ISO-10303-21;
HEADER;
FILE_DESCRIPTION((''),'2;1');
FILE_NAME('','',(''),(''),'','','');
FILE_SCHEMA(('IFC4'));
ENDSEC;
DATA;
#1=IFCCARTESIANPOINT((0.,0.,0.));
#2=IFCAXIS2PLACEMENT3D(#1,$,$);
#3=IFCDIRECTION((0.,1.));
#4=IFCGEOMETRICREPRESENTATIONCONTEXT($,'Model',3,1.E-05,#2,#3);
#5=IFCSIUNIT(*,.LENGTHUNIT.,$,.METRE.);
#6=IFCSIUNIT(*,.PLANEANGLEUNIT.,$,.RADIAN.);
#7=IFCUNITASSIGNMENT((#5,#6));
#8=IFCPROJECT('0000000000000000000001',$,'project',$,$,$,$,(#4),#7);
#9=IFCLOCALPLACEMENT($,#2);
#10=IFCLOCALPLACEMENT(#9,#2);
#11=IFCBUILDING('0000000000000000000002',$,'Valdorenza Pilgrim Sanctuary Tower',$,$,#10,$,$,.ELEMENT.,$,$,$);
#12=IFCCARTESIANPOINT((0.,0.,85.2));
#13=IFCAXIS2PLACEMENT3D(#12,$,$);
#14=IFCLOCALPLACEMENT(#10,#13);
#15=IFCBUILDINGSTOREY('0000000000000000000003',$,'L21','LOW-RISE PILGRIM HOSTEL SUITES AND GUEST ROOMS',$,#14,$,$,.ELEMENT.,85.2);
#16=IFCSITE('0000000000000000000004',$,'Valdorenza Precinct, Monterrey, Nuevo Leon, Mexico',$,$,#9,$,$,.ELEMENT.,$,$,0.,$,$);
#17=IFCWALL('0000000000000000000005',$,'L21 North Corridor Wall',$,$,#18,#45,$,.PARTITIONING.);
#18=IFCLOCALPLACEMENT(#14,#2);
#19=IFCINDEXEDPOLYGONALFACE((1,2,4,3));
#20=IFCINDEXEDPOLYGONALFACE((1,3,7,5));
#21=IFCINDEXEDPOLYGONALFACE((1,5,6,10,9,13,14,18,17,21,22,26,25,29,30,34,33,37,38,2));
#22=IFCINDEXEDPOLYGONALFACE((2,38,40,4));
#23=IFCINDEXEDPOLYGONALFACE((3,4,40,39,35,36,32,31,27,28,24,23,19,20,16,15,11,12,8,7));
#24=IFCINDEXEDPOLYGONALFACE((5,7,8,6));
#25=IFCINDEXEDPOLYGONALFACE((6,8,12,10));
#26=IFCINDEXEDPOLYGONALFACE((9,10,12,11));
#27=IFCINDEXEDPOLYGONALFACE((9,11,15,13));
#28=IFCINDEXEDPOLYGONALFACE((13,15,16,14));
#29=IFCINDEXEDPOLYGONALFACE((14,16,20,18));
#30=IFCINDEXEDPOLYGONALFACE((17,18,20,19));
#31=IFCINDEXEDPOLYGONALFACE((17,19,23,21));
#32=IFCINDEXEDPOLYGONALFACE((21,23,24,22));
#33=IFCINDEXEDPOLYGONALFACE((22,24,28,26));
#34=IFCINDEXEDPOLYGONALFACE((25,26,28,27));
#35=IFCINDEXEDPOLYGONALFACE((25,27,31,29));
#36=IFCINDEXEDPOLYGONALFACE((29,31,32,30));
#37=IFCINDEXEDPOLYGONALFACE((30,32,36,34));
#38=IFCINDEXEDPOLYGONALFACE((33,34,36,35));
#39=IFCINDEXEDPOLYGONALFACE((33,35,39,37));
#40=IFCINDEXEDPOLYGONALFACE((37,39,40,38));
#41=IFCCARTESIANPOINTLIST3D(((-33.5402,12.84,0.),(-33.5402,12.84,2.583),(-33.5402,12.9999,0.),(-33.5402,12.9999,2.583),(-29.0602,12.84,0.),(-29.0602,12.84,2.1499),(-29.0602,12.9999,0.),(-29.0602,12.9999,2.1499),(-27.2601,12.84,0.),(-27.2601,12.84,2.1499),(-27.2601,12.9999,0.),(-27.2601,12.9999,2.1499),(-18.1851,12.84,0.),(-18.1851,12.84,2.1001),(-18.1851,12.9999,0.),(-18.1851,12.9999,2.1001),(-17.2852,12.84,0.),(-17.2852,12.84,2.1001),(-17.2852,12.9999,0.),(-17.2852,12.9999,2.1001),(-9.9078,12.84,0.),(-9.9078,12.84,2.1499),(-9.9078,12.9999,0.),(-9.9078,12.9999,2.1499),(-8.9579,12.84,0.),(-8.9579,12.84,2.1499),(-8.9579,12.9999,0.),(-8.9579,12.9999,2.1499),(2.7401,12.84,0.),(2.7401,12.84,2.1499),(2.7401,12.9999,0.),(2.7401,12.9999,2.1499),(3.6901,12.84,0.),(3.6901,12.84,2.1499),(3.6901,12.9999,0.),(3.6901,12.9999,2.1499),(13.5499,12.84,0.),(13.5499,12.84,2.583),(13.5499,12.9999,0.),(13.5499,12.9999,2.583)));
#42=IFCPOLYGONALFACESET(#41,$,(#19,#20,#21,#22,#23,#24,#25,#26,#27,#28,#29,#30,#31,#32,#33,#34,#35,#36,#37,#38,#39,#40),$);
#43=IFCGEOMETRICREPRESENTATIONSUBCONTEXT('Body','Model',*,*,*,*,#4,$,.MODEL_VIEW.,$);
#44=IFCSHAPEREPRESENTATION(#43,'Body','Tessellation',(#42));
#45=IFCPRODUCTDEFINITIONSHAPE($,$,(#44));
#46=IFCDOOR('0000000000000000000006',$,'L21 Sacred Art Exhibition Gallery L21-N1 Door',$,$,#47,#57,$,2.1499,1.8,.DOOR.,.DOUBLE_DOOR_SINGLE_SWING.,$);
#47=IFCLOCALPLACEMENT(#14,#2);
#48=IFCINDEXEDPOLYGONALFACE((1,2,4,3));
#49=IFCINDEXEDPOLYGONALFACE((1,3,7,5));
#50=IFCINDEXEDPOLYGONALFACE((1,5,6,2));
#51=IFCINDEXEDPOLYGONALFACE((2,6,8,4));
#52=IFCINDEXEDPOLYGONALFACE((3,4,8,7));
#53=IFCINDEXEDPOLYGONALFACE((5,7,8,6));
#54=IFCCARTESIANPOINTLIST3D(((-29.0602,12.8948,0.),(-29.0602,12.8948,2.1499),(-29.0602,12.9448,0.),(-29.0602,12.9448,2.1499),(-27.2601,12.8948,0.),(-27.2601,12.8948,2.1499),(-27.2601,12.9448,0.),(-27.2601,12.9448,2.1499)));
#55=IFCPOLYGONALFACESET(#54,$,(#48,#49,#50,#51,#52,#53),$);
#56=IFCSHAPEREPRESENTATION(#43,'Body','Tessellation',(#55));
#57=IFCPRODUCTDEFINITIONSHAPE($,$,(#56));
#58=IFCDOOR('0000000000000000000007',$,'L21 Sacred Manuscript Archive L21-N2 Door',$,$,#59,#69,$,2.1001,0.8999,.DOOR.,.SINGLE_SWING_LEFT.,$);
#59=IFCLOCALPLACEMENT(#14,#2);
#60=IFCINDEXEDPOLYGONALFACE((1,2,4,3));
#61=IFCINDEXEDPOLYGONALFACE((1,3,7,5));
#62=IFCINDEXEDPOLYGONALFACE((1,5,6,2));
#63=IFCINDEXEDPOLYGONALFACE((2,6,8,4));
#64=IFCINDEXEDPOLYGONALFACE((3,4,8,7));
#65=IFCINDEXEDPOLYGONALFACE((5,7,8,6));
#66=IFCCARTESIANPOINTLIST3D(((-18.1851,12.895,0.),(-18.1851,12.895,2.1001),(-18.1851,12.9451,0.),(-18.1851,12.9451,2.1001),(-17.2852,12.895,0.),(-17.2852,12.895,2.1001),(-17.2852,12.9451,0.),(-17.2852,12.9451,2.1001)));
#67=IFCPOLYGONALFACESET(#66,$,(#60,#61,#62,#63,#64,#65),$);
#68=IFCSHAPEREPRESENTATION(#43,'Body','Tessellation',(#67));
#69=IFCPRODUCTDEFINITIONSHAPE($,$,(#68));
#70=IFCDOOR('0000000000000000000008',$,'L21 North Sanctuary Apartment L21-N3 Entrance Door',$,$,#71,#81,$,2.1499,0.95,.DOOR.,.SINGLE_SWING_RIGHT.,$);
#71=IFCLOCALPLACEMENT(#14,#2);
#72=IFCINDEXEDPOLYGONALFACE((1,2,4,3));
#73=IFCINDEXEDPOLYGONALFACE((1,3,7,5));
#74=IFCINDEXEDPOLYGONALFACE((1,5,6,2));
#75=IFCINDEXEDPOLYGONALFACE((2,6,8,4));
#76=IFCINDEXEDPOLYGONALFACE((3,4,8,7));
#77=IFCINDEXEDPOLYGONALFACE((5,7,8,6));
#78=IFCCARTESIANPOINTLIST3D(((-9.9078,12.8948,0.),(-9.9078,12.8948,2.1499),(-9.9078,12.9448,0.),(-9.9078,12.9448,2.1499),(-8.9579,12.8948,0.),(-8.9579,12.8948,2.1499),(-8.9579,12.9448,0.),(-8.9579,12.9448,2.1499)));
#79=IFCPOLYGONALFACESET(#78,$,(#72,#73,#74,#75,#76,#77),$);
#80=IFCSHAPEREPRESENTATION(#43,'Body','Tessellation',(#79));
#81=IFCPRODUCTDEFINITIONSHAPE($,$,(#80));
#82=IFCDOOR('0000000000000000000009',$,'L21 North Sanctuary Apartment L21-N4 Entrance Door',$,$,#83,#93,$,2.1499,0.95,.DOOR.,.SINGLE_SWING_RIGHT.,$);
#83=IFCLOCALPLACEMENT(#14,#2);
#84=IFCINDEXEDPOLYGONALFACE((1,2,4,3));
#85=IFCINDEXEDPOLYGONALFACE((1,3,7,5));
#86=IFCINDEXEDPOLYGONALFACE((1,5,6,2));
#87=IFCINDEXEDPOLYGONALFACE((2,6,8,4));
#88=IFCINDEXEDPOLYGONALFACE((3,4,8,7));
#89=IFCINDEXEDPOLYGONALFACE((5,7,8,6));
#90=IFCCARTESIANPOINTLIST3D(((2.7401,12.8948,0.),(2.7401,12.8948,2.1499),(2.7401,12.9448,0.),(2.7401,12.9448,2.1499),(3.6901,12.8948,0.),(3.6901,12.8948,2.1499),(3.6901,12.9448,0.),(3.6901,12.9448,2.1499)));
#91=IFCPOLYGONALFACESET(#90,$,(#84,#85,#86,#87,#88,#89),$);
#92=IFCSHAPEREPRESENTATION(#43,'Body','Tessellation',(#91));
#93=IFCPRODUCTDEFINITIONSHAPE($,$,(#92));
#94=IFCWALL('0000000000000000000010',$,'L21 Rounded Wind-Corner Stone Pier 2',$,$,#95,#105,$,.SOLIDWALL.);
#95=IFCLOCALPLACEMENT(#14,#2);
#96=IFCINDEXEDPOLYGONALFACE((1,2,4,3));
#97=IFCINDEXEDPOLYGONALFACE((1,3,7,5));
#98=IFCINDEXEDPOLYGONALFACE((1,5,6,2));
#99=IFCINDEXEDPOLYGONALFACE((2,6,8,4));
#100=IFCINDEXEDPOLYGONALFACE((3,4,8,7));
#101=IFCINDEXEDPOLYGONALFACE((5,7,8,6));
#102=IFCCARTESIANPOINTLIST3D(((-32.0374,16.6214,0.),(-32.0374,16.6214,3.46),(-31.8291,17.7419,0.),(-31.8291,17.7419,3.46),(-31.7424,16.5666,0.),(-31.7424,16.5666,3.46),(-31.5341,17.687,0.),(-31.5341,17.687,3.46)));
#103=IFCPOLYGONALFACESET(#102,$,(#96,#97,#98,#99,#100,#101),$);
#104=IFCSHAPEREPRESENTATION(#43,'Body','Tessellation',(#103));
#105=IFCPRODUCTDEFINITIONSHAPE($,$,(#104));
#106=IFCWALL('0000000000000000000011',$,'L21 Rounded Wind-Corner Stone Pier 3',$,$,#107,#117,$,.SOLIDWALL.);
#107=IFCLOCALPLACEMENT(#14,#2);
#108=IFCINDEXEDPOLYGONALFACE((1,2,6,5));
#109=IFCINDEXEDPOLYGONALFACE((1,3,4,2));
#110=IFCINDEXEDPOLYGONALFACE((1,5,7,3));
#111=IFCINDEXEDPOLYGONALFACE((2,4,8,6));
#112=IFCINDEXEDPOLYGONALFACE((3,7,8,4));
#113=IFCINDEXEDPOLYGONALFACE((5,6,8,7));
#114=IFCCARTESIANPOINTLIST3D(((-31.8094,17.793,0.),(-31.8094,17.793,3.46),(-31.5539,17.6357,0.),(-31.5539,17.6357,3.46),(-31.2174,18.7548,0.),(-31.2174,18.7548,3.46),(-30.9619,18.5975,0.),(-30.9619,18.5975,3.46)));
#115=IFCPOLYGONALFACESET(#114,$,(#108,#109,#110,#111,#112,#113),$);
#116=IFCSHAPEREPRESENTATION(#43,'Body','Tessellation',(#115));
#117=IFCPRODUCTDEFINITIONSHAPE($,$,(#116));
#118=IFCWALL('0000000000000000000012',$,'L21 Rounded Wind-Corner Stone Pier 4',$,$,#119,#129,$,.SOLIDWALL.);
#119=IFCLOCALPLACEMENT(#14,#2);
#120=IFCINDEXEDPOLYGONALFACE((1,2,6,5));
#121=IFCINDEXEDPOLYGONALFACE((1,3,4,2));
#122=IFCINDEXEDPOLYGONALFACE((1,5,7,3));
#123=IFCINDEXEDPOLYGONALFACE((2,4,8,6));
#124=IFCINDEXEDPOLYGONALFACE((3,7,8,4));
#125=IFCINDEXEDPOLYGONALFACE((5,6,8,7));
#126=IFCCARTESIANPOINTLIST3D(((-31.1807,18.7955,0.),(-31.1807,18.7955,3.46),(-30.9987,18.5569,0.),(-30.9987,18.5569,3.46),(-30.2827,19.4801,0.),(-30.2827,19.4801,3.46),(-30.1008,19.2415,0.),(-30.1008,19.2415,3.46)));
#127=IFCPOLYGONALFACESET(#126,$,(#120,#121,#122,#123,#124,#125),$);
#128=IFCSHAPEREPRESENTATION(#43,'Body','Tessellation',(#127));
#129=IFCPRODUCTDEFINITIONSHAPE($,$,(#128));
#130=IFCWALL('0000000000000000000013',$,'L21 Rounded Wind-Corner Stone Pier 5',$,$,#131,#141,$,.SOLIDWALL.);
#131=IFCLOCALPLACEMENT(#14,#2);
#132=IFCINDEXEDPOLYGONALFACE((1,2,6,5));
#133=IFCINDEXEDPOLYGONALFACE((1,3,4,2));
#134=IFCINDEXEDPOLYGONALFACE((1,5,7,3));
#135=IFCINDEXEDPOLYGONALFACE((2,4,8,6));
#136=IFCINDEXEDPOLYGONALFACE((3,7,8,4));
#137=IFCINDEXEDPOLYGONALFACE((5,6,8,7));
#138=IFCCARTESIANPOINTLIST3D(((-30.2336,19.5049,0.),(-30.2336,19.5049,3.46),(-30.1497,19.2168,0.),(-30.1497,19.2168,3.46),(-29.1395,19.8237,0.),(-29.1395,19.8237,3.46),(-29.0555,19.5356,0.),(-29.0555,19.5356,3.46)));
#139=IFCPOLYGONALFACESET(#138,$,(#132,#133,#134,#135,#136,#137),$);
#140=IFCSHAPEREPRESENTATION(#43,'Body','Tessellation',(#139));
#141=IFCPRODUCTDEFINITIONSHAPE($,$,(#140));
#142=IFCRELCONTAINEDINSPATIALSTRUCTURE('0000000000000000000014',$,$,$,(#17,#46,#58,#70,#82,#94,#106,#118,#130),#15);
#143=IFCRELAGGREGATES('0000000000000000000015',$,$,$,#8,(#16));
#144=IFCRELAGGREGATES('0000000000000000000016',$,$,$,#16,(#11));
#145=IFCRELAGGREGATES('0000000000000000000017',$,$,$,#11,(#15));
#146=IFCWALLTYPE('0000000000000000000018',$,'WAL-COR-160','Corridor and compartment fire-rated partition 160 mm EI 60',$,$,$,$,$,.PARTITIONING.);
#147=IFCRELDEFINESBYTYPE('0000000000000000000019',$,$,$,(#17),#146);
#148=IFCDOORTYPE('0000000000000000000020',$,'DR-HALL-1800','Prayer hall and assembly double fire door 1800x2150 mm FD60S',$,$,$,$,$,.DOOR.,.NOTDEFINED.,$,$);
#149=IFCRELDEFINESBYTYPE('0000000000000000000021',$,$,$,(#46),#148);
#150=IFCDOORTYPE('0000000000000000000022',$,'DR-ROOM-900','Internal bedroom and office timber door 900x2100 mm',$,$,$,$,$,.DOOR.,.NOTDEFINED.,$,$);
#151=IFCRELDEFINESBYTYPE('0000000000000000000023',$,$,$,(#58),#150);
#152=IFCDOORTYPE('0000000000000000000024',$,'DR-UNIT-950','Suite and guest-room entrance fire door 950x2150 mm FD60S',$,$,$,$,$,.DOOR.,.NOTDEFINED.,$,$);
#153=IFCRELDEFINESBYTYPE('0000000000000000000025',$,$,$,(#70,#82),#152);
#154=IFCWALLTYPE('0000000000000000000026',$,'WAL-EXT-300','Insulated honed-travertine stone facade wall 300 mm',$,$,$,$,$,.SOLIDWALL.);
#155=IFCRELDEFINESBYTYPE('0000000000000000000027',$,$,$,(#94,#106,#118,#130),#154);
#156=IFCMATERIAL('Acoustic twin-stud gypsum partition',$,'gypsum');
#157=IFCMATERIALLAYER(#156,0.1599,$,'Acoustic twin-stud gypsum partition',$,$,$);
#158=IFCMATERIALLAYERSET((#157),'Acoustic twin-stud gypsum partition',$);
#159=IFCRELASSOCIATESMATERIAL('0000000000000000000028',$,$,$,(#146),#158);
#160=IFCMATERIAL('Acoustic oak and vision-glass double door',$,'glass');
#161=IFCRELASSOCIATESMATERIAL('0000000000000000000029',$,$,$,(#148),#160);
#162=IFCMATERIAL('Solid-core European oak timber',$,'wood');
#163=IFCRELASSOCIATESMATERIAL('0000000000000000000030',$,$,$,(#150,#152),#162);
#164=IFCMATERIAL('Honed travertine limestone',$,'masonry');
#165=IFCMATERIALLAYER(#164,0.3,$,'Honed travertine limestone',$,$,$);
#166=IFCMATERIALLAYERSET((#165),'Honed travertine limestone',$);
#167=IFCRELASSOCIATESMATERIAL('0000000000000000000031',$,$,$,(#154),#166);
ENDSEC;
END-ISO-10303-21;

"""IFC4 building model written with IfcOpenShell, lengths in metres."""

from ifc_helpers import new_model, si_unit, direction, frame, frame_2d, origin, place, context, subcontext, project, spatial, rectangle, extrude, material, layer, layer_set, type_object, element, fill, save


model = new_model("IFC4")

# Units and contexts
model_context = context("Model", 3, precision=1e-05, world=origin(), true_north=direction((0.0, 1.0)))
body_context = subcontext(model_context, "Body", "Model", "MODEL_VIEW")
ifc_project = project(units=[si_unit("LENGTHUNIT", "METRE"), si_unit("PLANEANGLEUNIT", "RADIAN")], contexts=[model_context])

# Site, building, storey
site_placement = place(None, origin())
site = spatial("IfcSite", under=ifc_project, at=site_placement, Name="Valdorenza Precinct, Monterrey, Nuevo Leon, Mexico", CompositionType="ELEMENT", RefElevation=0.0)
building_placement = place(site_placement, origin())
building = spatial("IfcBuilding", under=site, at=building_placement, Name="Valdorenza Pilgrim Sanctuary Tower", CompositionType="ELEMENT")
storey_placement = place(building_placement, frame((0.0, 0.0, 85.2)))
storey = spatial("IfcBuildingStorey", under=building, at=storey_placement, Name="L21", Description="LOW-RISE PILGRIM HOSTEL SUITES AND GUEST ROOMS", CompositionType="ELEMENT", Elevation=85.2)

# Shared definitions
ifc_material_1 = material(Name="Honed travertine limestone", Category="masonry")

# Shared definitions
ifc_material_2 = material(Name="Acoustic twin-stud gypsum partition", Category="gypsum")
ifc_layer_1 = layer(ifc_material_2, 0.1599, Name="Acoustic twin-stud gypsum partition")
ifc_layer_set_1 = layer_set([ifc_layer_1], Name="Acoustic twin-stud gypsum partition")
wall_type_1 = type_object("IfcWallType", Name="WAL-COR-160", Description="Corridor and compartment fire-rated partition 160 mm EI 60", PredefinedType="PARTITIONING", material=ifc_layer_set_1)

# Wall, openings, doors
wall_1_placement = place(storey_placement, frame((-33.54, 12.9199, 0.0), z_axis=(0.0, 0.0, 1.0), x_axis=(1.0, 0.0, 0.0)))
wall_1 = element("IfcWall", 1, at=wall_1_placement, inside=storey, type_object=wall_type_1, Name="L21 North Corridor Wall", PredefinedType="PARTITIONING", context=body_context, shape_type="SweptSolid", body=[
    extrude(rectangle(XDim=47.0901, YDim=0.1599, at=frame_2d((23.5449, 0.0))), origin(), (0.0, 0.0, 1.0), 2.583),
])
opening_1_placement = place(wall_1_placement, frame((4.48, 0.0, 0.0)))
opening_1 = element("IfcOpeningElement", 2, at=opening_1_placement, cuts=wall_1, PredefinedType="OPENING", context=body_context, shape_type="SweptSolid", body=[
    extrude(rectangle(XDim=1.8, YDim=2.1499, at=frame_2d((0.8999, 1.075))), frame((0.0, 0.0947, 0.0), z_axis=(0.0, -1.0, 0.0), x_axis=(1.0, 0.0, 0.0)), (0.0, 0.0, 1.0), 0.1897),
])
opening_2_placement = place(wall_1_placement, frame((15.355, 0.0, 0.0)))
opening_2 = element("IfcOpeningElement", 3, at=opening_2_placement, cuts=wall_1, PredefinedType="OPENING", context=body_context, shape_type="SweptSolid", body=[
    extrude(rectangle(XDim=0.8999, YDim=2.1001, at=frame_2d((0.45, 1.05))), frame((0.0, 0.0947, 0.0), z_axis=(0.0, -1.0, 0.0), x_axis=(1.0, 0.0, 0.0)), (0.0, 0.0, 1.0), 0.1897),
])
opening_3_placement = place(wall_1_placement, frame((23.6321, 0.0, 0.0)))
opening_3 = element("IfcOpeningElement", 4, at=opening_3_placement, cuts=wall_1, PredefinedType="OPENING", context=body_context, shape_type="SweptSolid", body=[
    extrude(rectangle(XDim=0.95, YDim=2.1499, at=frame_2d((0.4751, 1.075))), frame((0.0, 0.0947, 0.0), z_axis=(0.0, -1.0, 0.0), x_axis=(1.0, 0.0, 0.0)), (0.0, 0.0, 1.0), 0.1897),
])
opening_4_placement = place(wall_1_placement, frame((36.28, 0.0, 0.0)))
opening_4 = element("IfcOpeningElement", 5, at=opening_4_placement, cuts=wall_1, PredefinedType="OPENING", context=body_context, shape_type="SweptSolid", body=[
    extrude(rectangle(XDim=0.95, YDim=2.1499, at=frame_2d((0.4751, 1.075))), frame((0.0, 0.0947, 0.0), z_axis=(0.0, -1.0, 0.0), x_axis=(1.0, 0.0, 0.0)), (0.0, 0.0, 1.0), 0.1897),
])
ifc_material_3 = material(Name="Acoustic oak and vision-glass double door", Category="glass")
door_type_1 = type_object("IfcDoorType", Name="DR-HALL-1800", Description="Prayer hall and assembly double fire door 1800x2150 mm FD60S", OperationType="NOTDEFINED", PredefinedType="DOOR", material=ifc_material_3)
door_1_placement = place(opening_1_placement, origin())
door_1 = element("IfcDoor", 6, at=door_1_placement, inside=storey, type_object=door_type_1, Name="L21 Sacred Art Exhibition Gallery L21-N1 Door", OperationType="DOUBLE_DOOR_SINGLE_SWING", OverallHeight=2.1499, OverallWidth=1.8, PredefinedType="DOOR", context=body_context, shape_type="SweptSolid", body=[
    extrude(rectangle(XDim=1.8, YDim=2.1499, at=frame_2d((0.8999, 1.075))), frame((0.0, 0.0249, 0.0), z_axis=(0.0, -1.0, 0.0), x_axis=(1.0, 0.0, 0.0)), (0.0, 0.0, 1.0), 0.05),
])
fill(opening_1, door_1)
ifc_material_4 = material(Name="Solid-core European oak timber", Category="wood")
door_type_2 = type_object("IfcDoorType", Name="DR-ROOM-900", Description="Internal bedroom and office timber door 900x2100 mm", OperationType="NOTDEFINED", PredefinedType="DOOR", material=ifc_material_4)
door_2_placement = place(opening_2_placement, frame((0.8999, 0.0, 0.0), z_axis=(0.0, 0.0, 1.0), x_axis=(-1.0, 0.0, 0.0)))
door_2 = element("IfcDoor", 7, at=door_2_placement, inside=storey, type_object=door_type_2, Name="L21 Sacred Manuscript Archive L21-N2 Door", OperationType="SINGLE_SWING_LEFT", OverallHeight=2.1001, OverallWidth=0.8999, PredefinedType="DOOR", context=body_context, shape_type="SweptSolid", body=[
    extrude(rectangle(XDim=0.8999, YDim=2.1001, at=frame_2d((0.45, 1.05))), frame((0.0, 0.0249, 0.0), z_axis=(0.0, -1.0, 0.0), x_axis=(1.0, 0.0, 0.0)), (0.0, 0.0, 1.0), 0.05),
])
fill(opening_2, door_2)
door_type_3 = type_object("IfcDoorType", Name="DR-UNIT-950", Description="Suite and guest-room entrance fire door 950x2150 mm FD60S", OperationType="NOTDEFINED", PredefinedType="DOOR", material=ifc_material_4)
door_3_placement = place(opening_3_placement, origin())
door_3 = element("IfcDoor", 8, at=door_3_placement, inside=storey, type_object=door_type_3, Name="L21 North Sanctuary Apartment L21-N3 Entrance Door", OperationType="SINGLE_SWING_RIGHT", OverallHeight=2.1499, OverallWidth=0.95, PredefinedType="DOOR", context=body_context, shape_type="SweptSolid", body=[
    extrude(rectangle(XDim=0.95, YDim=2.1499, at=frame_2d((0.4751, 1.075))), frame((0.0, 0.0249, 0.0), z_axis=(0.0, -1.0, 0.0), x_axis=(1.0, 0.0, 0.0)), (0.0, 0.0, 1.0), 0.05),
])
fill(opening_3, door_3)
door_4_placement = place(opening_4_placement, origin())
door_4 = element("IfcDoor", 9, at=door_4_placement, inside=storey, type_object=door_type_3, Name="L21 North Sanctuary Apartment L21-N4 Entrance Door", OperationType="SINGLE_SWING_RIGHT", OverallHeight=2.1499, OverallWidth=0.95, PredefinedType="DOOR", context=body_context, shape_type="SweptSolid", body=[
    extrude(rectangle(XDim=0.95, YDim=2.1499, at=frame_2d((0.4751, 1.075))), frame((0.0, 0.0249, 0.0), z_axis=(0.0, -1.0, 0.0), x_axis=(1.0, 0.0, 0.0)), (0.0, 0.0, 1.0), 0.05),
])
fill(opening_4, door_4)

# Walls
ifc_layer_2 = layer(ifc_material_1, 0.3, Name="Honed travertine limestone")
ifc_layer_set_2 = layer_set([ifc_layer_2], Name="Honed travertine limestone")
wall_type_2 = type_object("IfcWallType", Name="WAL-EXT-300", Description="Insulated honed-travertine stone facade wall 300 mm", PredefinedType="SOLIDWALL", material=ifc_layer_set_2)
wall_2_placement = place(storey_placement, frame((-31.8899, 16.594, 0.0), z_axis=(0.0, 0.0, 1.0), x_axis=(0.182749, 0.98316, 0.0)))
element("IfcWall", 10, at=wall_2_placement, inside=storey, type_object=wall_type_2, Name="L21 Rounded Wind-Corner Stone Pier 2", PredefinedType="SOLIDWALL", context=body_context, shape_type="SweptSolid", body=[
    extrude(rectangle(XDim=1.1396, YDim=0.3, at=frame_2d((0.5698, 0.0))), origin(), (0.0, 0.0, 1.0), 3.46),
])
wall_3_placement = place(storey_placement, frame((-31.6816, 17.7144, 0.0), z_axis=(0.0, 0.0, 1.0), x_axis=(0.524158, 0.851621, 0.0)))
element("IfcWall", 11, at=wall_3_placement, inside=storey, type_object=wall_type_2, Name="L21 Rounded Wind-Corner Stone Pier 3", PredefinedType="SOLIDWALL", context=body_context, shape_type="SweptSolid", body=[
    extrude(rectangle(XDim=1.1294, YDim=0.3, at=frame_2d((0.5647, 0.0))), origin(), (0.0, 0.0, 1.0), 3.46),
])
wall_4_placement = place(storey_placement, frame((-31.0896, 18.6763, 0.0), z_axis=(0.0, 0.0, 1.0), x_axis=(0.795253, 0.606278, 0.0)))
element("IfcWall", 12, at=wall_4_placement, inside=storey, type_object=wall_type_2, Name="L21 Rounded Wind-Corner Stone Pier 4", PredefinedType="SOLIDWALL", context=body_context, shape_type="SweptSolid", body=[
    extrude(rectangle(XDim=1.1292, YDim=0.3, at=frame_2d((0.5645, 0.0))), origin(), (0.0, 0.0, 1.0), 3.46),
])
wall_5_placement = place(storey_placement, frame((-30.1917, 19.3608, 0.0), z_axis=(0.0, 0.0, 1.0), x_axis=(0.960072, 0.279753, 0.0)))
element("IfcWall", 13, at=wall_5_placement, inside=storey, type_object=wall_type_2, Name="L21 Rounded Wind-Corner Stone Pier 5", PredefinedType="SOLIDWALL", context=body_context, shape_type="SweptSolid", body=[
    extrude(rectangle(XDim=1.1396, YDim=0.3, at=frame_2d((0.5698, 0.0))), origin(), (0.0, 0.0, 1.0), 3.46),
])

save(model, "model.ifc")
